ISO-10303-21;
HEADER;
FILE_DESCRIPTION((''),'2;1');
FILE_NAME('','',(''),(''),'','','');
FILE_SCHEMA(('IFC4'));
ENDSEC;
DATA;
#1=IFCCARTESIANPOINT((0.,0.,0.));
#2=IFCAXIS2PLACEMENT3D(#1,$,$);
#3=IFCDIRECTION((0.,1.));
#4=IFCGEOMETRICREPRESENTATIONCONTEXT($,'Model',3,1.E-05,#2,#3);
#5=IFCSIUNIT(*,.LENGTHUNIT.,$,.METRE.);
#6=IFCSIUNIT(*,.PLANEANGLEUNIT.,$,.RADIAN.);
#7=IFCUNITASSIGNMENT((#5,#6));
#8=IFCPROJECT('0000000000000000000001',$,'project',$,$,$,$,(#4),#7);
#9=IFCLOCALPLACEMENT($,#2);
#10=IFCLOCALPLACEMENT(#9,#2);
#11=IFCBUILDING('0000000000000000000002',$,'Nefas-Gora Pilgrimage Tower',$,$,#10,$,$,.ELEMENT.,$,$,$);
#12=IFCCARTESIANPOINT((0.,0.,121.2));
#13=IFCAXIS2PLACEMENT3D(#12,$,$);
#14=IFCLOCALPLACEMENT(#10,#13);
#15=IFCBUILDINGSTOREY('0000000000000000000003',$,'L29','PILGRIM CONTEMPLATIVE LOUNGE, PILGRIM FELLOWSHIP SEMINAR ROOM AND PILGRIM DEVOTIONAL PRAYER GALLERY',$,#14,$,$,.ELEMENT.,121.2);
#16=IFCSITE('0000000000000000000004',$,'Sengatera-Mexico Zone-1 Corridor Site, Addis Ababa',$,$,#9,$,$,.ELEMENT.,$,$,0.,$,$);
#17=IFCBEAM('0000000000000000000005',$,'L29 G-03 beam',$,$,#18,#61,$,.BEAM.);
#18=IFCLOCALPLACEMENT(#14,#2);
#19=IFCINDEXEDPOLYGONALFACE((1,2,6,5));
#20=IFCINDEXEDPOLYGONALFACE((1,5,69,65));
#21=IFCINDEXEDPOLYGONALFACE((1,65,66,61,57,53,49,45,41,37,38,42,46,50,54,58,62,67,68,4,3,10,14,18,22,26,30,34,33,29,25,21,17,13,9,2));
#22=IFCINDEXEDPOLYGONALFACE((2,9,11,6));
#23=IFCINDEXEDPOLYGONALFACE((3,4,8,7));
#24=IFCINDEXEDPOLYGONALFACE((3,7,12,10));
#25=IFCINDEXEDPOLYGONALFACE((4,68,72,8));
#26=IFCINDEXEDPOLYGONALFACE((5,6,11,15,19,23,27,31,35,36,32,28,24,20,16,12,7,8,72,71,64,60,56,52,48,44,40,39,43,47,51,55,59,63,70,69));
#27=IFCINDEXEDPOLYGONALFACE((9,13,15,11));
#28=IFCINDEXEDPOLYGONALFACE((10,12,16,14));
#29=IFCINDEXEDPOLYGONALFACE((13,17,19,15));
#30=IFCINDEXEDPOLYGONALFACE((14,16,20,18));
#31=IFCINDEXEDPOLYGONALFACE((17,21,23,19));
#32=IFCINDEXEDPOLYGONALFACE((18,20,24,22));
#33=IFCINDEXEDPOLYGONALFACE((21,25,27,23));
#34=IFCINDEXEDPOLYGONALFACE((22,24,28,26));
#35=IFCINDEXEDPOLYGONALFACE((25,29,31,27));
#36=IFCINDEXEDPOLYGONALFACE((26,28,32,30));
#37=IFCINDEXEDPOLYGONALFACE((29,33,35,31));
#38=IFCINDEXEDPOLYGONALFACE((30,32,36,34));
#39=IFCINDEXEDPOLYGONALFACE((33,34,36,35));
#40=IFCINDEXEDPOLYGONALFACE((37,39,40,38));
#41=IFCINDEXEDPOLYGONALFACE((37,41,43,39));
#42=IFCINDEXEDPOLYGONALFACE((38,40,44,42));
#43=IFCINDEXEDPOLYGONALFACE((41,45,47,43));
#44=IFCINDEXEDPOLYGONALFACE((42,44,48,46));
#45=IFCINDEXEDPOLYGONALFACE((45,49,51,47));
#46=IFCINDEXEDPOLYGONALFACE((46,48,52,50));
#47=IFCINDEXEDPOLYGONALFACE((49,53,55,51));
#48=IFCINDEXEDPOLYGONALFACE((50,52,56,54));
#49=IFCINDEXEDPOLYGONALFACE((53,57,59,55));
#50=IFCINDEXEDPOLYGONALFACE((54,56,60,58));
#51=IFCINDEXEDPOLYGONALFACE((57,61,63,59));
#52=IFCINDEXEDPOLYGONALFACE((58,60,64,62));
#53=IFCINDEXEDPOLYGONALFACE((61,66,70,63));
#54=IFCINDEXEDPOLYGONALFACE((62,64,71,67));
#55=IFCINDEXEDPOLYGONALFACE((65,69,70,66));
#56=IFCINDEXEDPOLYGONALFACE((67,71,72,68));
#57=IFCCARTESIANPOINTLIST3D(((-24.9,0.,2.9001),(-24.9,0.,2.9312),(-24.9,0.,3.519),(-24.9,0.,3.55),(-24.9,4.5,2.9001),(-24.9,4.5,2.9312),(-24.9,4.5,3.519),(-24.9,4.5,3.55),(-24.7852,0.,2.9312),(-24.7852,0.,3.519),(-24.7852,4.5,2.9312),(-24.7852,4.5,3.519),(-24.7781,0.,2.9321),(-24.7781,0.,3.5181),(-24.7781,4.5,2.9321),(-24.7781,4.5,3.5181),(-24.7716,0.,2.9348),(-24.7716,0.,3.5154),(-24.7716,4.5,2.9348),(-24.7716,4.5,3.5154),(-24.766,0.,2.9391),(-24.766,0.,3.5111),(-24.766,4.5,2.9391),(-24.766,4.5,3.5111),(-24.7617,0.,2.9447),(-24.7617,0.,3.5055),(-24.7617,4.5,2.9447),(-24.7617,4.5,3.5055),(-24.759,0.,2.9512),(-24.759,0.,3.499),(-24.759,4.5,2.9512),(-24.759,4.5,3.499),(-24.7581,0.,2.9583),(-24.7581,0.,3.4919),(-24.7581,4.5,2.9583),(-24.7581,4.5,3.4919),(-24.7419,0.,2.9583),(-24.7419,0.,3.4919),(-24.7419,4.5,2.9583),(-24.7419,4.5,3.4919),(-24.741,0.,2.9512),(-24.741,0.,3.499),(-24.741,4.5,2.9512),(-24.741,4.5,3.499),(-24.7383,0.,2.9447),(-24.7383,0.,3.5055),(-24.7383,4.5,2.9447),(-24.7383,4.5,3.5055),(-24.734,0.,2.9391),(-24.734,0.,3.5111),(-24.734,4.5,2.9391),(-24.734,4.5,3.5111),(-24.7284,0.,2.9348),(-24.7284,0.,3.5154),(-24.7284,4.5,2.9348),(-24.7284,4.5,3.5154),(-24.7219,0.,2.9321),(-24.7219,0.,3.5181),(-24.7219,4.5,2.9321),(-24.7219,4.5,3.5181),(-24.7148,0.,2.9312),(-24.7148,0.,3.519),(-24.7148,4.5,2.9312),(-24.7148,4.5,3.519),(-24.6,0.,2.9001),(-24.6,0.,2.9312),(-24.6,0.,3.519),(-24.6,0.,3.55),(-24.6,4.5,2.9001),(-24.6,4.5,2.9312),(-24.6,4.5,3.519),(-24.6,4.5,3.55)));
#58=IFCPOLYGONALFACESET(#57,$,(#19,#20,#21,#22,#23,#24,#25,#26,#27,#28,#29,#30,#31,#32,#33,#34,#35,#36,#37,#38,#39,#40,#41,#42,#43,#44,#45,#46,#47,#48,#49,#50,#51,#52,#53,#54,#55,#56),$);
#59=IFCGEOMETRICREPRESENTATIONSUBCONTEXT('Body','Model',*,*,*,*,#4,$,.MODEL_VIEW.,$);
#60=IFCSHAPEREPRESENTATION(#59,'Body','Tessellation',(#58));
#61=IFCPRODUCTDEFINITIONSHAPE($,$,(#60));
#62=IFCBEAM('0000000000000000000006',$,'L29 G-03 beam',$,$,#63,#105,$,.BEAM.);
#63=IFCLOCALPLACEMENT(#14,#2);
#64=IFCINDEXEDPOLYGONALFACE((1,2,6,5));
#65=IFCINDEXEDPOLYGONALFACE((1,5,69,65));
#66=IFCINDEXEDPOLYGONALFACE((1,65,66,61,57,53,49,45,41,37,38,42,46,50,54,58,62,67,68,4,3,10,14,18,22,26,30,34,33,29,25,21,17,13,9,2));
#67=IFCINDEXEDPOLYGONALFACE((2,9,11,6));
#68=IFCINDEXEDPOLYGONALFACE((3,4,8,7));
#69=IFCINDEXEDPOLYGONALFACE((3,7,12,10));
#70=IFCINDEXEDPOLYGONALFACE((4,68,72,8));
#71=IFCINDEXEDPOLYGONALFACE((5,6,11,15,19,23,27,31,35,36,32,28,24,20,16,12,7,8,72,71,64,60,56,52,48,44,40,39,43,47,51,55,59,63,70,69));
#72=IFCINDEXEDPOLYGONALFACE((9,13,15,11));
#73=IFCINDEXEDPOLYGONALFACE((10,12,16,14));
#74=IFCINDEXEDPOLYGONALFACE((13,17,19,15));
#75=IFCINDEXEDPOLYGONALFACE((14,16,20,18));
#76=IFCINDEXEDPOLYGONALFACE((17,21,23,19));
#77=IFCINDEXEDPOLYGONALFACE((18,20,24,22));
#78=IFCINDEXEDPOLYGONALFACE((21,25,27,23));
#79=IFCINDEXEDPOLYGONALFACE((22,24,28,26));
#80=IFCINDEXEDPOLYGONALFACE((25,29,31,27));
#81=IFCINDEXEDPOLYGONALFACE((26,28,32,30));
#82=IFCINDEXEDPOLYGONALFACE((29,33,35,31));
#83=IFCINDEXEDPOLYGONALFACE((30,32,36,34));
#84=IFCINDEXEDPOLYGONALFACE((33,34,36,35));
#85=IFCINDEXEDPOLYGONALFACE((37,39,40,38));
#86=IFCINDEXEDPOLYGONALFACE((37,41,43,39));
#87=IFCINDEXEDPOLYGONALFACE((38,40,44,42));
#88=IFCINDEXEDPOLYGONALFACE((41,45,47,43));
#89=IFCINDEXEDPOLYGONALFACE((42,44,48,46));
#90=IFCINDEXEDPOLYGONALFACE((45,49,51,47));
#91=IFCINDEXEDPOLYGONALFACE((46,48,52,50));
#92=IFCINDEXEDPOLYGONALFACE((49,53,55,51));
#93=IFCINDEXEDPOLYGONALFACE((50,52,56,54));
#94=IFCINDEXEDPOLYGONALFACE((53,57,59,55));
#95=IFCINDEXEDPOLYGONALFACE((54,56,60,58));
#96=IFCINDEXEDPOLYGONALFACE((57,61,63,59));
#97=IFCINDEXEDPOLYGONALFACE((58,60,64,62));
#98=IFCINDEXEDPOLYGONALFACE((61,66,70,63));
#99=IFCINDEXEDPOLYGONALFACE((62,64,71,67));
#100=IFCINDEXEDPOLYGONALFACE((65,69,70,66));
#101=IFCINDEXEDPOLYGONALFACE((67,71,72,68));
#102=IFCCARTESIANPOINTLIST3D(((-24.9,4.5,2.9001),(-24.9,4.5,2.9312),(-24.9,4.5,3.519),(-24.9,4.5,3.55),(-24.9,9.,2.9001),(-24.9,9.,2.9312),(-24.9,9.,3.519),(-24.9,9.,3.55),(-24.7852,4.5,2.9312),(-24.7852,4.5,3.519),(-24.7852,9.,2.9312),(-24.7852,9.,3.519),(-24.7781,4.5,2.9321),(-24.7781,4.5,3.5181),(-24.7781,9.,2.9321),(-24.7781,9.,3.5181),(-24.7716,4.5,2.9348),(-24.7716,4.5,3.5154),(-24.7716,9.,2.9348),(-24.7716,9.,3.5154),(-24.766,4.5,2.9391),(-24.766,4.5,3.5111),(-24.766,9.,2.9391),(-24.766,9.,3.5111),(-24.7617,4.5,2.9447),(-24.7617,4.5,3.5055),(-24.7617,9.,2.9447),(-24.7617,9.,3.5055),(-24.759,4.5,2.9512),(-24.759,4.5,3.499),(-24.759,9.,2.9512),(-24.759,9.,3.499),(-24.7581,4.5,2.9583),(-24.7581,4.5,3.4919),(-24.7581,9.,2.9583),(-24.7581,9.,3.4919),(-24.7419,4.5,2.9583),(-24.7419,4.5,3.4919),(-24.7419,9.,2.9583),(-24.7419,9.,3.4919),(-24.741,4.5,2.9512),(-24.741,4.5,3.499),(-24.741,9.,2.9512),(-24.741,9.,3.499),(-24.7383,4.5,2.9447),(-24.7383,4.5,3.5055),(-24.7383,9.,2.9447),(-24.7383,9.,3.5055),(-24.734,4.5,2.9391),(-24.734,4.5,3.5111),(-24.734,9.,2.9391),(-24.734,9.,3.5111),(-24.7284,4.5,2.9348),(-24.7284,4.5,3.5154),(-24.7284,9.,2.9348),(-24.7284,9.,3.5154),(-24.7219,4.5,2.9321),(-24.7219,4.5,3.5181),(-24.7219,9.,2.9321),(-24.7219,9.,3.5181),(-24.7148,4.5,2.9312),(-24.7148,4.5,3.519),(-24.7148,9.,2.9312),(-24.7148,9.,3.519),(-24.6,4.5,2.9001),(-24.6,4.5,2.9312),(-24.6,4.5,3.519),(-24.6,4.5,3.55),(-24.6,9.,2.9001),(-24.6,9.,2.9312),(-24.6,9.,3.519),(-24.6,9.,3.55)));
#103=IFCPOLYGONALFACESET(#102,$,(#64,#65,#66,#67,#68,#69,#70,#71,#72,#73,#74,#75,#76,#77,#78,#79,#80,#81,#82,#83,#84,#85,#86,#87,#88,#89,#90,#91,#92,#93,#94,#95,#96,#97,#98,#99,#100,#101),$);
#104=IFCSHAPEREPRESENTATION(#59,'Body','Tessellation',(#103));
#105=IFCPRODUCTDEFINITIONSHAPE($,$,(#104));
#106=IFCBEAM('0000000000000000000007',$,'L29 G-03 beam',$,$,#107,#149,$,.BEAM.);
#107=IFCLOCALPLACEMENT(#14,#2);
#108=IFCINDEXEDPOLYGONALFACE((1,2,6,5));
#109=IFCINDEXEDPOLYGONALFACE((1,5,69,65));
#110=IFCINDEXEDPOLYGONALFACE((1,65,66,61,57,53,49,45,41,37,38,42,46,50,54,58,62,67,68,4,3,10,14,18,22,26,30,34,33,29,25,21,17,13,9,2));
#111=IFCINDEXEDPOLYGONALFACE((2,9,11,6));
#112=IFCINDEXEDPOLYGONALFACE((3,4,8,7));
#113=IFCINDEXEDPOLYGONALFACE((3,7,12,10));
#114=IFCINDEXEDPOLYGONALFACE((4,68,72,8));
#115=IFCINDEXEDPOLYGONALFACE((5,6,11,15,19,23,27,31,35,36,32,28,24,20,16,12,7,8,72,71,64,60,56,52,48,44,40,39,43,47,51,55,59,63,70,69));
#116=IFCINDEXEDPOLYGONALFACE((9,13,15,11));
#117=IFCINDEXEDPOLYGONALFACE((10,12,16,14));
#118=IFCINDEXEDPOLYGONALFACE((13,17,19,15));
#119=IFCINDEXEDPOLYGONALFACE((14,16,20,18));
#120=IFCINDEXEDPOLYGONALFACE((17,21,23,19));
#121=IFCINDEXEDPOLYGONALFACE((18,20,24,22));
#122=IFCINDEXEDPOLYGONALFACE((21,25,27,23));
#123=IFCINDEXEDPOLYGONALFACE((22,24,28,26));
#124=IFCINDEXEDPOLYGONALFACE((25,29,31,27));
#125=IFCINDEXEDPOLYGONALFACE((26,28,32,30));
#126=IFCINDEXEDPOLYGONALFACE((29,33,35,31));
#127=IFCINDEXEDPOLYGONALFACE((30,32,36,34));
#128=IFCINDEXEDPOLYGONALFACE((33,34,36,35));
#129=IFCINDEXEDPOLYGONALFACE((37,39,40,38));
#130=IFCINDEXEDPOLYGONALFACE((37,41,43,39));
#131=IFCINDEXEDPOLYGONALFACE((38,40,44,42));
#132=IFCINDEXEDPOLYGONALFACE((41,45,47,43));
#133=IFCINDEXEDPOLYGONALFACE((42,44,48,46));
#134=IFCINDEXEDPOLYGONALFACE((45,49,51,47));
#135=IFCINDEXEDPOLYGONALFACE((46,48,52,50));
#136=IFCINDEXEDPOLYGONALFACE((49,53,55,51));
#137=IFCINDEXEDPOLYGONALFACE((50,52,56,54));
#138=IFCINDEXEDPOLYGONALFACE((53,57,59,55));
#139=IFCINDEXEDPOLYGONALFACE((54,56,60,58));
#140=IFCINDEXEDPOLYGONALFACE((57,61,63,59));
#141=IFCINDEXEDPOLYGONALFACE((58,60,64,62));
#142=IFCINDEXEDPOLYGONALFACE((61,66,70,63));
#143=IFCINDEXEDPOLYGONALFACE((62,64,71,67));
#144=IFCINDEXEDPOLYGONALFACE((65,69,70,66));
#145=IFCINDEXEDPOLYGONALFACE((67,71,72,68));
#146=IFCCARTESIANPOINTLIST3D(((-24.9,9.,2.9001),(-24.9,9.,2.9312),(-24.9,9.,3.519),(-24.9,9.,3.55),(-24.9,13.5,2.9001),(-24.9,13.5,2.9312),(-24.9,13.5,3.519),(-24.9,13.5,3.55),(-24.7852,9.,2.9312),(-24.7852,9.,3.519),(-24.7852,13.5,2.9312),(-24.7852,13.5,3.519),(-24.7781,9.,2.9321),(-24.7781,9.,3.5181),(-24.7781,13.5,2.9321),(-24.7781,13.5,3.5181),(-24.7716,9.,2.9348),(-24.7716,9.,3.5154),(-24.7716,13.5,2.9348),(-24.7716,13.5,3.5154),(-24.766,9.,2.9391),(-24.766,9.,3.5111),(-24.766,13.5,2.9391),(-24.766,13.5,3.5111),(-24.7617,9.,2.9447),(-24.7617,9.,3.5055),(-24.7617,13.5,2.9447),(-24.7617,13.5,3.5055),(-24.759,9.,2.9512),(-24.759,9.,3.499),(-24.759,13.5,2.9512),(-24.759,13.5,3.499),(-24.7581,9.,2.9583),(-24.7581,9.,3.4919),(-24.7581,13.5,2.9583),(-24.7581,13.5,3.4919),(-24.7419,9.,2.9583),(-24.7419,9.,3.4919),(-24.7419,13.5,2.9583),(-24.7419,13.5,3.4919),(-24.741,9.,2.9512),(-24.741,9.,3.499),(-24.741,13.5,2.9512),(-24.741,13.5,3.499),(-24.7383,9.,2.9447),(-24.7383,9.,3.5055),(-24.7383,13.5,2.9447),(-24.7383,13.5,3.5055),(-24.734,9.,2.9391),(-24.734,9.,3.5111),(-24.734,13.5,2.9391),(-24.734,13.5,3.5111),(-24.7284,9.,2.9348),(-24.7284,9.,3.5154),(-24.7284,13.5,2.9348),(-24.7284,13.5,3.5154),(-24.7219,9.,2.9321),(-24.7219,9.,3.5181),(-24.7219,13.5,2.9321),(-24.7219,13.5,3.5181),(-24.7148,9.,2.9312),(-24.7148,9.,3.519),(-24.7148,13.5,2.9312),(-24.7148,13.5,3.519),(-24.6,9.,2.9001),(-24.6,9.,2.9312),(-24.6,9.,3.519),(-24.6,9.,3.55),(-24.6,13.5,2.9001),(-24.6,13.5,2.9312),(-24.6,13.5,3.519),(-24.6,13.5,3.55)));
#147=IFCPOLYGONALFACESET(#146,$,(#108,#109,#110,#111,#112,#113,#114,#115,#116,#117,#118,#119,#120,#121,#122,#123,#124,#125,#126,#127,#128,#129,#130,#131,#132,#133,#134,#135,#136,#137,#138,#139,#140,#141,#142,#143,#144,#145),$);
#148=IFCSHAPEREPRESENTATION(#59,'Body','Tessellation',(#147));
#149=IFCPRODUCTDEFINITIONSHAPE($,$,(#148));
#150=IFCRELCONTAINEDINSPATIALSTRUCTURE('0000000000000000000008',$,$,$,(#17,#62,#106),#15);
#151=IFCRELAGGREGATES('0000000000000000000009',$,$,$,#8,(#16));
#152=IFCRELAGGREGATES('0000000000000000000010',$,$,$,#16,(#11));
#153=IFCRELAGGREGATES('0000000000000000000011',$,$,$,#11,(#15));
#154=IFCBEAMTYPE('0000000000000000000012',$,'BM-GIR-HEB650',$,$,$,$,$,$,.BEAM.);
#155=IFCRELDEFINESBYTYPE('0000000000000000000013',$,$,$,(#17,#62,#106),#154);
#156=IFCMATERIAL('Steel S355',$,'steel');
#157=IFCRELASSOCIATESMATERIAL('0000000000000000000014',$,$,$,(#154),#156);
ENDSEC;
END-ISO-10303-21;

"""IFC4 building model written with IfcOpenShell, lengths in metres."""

from ifc_helpers import new_model, si_unit, direction, frame, origin, origin_2d, place, context, subcontext, project, spatial, i_section, extrude, source, transform, mapped, material, material_profile, profile_set, type_object, element, save


model = new_model("IFC4")

# Units and contexts
model_context = context("Model", 3, precision=1e-05, world=origin(), true_north=direction((0.0, 1.0)))
body_context = subcontext(model_context, "Body", "Model", "MODEL_VIEW")
ifc_project = project(units=[si_unit("LENGTHUNIT", "METRE"), si_unit("PLANEANGLEUNIT", "RADIAN")], contexts=[model_context])

# Site, building, storey
site_placement = place(None, origin())
site = spatial("IfcSite", under=ifc_project, at=site_placement, Name="Sengatera-Mexico Zone-1 Corridor Site, Addis Ababa", CompositionType="ELEMENT", RefElevation=0.0)
building_placement = place(site_placement, origin())
building = spatial("IfcBuilding", under=site, at=building_placement, Name="Nefas-Gora Pilgrimage Tower", CompositionType="ELEMENT")
storey_placement = place(building_placement, frame((0.0, 0.0, 121.2)))
storey = spatial("IfcBuildingStorey", under=building, at=storey_placement, Name="L29", Description="PILGRIM CONTEMPLATIVE LOUNGE, PILGRIM FELLOWSHIP SEMINAR ROOM AND PILGRIM DEVOTIONAL PRAYER GALLERY", CompositionType="ELEMENT", Elevation=121.2)

# Beams
ifc_material_1 = material(Name="Steel S355", Category="steel")
ifc_material_profile_1 = material_profile(ifc_material_1, i_section(OverallWidth=0.3, OverallDepth=0.6499, WebThickness=0.0161, FlangeThickness=0.031, FilletRadius=0.0271, at=origin_2d()), Name="HEB 650")
ifc_profile_set_1 = profile_set([ifc_material_profile_1], Name="Steel S355")
beam_type_1 = type_object("IfcBeamType", Name="BM-GIR-HEB650", PredefinedType="BEAM", material=ifc_profile_set_1)
shared_shape_1 = source(origin(), body_context, "Body", "SweptSolid", [
    extrude(i_section(OverallWidth=0.3, OverallDepth=0.6499, WebThickness=0.0161, FlangeThickness=0.031, FilletRadius=0.0271, at=origin_2d()), origin(), (0.0, 0.0, 1.0), 4.5),
])
for number, where, z_axis, x_axis, name in (
    (1, (-24.75, 0.0, 3.2251), (0.0, 1.0, 0.0), (-1.0, 0.0, 0.0), "L29 G-03 beam"),
    (2, (-24.75, 4.5, 3.2251), (0.0, 1.0, 0.0), (-1.0, 0.0, 0.0), "L29 G-03 beam"),
    (3, (-24.75, 9.0, 3.2251), (0.0, 1.0, 0.0), (-1.0, 0.0, 0.0), "L29 G-03 beam"),
):
    element("IfcBeam", number, at=place(storey_placement, frame(where, z_axis=z_axis, x_axis=x_axis)), inside=storey, type_object=beam_type_1, Name=name, PredefinedType="BEAM", context=body_context, shape_type="MappedRepresentation", body=[
        mapped(shared_shape_1, transform((0.0, 0.0, 0.0), x_axis=(1.0, 0.0, 0.0), y_axis=(0.0, 1.0, 0.0), z_axis=(0.0, 0.0, 1.0), scale=1.0)),
    ])

save(model, "model.ifc")
